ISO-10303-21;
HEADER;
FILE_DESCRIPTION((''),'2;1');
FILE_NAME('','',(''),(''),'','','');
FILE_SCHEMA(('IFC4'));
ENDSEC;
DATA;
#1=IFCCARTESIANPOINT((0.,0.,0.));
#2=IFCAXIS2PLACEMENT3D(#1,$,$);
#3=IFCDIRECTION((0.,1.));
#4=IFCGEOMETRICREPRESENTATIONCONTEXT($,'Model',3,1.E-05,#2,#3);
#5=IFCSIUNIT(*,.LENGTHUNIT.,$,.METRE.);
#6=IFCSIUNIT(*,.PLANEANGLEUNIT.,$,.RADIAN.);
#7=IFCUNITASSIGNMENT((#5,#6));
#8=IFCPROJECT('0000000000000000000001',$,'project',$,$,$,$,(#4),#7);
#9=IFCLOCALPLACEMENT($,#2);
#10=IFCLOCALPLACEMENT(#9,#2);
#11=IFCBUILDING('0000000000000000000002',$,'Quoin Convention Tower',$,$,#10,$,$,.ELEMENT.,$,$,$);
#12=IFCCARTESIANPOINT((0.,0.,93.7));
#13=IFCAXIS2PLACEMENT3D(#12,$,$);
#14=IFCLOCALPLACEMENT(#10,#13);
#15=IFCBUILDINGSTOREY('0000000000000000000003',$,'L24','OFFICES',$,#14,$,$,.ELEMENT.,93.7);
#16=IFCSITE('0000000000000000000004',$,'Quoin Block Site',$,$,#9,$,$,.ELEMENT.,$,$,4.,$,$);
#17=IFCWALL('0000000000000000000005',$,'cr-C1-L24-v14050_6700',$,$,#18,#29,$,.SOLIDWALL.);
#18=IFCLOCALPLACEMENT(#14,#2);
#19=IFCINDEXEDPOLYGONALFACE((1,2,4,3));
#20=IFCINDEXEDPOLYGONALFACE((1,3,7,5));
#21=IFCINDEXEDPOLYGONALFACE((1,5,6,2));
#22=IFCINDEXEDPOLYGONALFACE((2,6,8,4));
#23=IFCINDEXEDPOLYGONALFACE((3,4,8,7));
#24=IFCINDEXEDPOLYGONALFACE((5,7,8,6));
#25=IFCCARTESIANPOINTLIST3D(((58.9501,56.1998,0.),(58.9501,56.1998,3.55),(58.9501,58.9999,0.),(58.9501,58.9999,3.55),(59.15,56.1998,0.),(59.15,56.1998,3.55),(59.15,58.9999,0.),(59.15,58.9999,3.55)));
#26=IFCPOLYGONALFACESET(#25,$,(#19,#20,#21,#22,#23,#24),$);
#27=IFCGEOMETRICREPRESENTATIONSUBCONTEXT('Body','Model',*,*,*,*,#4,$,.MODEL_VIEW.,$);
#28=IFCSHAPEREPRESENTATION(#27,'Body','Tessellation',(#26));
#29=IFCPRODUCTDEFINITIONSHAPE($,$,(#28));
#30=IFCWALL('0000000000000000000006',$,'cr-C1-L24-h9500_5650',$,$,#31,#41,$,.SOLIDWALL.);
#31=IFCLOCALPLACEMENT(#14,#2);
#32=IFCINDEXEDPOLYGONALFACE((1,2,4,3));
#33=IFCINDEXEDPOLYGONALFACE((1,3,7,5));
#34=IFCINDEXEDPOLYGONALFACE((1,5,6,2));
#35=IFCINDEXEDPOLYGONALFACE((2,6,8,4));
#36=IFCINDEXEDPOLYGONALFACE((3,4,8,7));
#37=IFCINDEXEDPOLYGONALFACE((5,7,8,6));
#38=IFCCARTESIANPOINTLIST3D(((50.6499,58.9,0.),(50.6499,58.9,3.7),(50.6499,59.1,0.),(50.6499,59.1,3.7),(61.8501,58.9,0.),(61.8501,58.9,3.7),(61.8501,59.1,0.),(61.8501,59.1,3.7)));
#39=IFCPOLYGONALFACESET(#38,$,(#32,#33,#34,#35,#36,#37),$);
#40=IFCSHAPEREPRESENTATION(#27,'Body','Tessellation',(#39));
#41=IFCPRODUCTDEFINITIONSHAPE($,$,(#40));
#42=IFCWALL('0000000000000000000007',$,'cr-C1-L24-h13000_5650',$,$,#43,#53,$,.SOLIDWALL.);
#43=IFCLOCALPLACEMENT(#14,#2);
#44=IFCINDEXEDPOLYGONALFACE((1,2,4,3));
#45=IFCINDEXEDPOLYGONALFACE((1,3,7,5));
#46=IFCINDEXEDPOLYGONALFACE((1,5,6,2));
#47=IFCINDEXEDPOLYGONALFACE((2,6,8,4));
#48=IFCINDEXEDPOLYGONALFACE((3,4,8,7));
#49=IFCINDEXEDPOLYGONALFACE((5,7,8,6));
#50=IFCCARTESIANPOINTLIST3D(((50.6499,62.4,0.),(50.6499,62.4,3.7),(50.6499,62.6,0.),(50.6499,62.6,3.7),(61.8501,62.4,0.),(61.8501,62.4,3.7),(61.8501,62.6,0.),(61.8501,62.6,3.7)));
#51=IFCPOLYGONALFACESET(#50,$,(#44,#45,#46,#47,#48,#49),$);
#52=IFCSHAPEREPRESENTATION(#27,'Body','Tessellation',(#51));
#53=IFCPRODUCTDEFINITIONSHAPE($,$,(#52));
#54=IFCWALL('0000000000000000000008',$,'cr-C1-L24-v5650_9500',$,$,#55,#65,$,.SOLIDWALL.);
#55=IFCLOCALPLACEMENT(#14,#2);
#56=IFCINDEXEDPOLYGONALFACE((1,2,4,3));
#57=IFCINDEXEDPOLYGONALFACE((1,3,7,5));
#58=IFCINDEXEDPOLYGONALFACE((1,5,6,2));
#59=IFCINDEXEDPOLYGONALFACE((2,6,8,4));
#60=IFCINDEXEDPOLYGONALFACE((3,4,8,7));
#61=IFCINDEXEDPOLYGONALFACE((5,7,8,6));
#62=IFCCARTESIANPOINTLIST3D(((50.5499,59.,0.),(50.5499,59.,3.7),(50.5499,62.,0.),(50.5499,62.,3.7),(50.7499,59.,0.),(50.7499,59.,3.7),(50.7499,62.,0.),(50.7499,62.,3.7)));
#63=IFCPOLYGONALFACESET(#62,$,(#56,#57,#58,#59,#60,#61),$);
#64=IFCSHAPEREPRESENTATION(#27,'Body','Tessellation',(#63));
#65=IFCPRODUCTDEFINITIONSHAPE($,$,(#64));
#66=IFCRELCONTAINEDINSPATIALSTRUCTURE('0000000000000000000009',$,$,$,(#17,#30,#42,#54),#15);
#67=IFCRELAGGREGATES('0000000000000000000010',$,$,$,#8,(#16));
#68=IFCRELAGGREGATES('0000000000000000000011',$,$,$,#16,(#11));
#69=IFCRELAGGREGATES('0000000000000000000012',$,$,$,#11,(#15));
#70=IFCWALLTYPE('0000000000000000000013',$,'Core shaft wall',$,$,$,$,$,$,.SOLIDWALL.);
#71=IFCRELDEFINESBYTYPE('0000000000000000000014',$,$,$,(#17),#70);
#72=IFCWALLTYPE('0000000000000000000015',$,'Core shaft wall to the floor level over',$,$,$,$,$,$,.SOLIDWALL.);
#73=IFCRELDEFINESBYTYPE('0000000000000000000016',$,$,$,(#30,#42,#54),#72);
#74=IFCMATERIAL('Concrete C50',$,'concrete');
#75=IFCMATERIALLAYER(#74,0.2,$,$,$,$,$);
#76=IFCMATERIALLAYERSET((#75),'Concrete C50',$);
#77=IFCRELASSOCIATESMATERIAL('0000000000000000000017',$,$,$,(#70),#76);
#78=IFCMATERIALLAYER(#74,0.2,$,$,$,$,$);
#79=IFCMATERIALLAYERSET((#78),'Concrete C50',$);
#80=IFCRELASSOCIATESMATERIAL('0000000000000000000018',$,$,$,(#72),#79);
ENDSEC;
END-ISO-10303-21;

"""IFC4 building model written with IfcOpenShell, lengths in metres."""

from ifc_helpers import new_model, si_unit, direction, frame, frame_2d, origin, place, context, subcontext, project, spatial, rectangle, extrude, material, layer, layer_set, type_object, element, save


model = new_model("IFC4")

# Units and contexts
model_context = context("Model", 3, precision=1e-05, world=origin(), true_north=direction((0.0, 1.0)))
body_context = subcontext(model_context, "Body", "Model", "MODEL_VIEW")
ifc_project = project(units=[si_unit("LENGTHUNIT", "METRE"), si_unit("PLANEANGLEUNIT", "RADIAN")], contexts=[model_context])

# Site, building, storey
site_placement = place(None, origin())
site = spatial("IfcSite", under=ifc_project, at=site_placement, Name="Quoin Block Site", CompositionType="ELEMENT", RefElevation=4.0)
building_placement = place(site_placement, origin())
building = spatial("IfcBuilding", under=site, at=building_placement, Name="Quoin Convention Tower", CompositionType="ELEMENT")
storey_placement = place(building_placement, frame((0.0, 0.0, 93.7)))
storey = spatial("IfcBuildingStorey", under=building, at=storey_placement, Name="L24", Description="OFFICES", CompositionType="ELEMENT", Elevation=93.7)

# Shared definitions
ifc_material_1 = material(Name="Concrete C50", Category="concrete")
ifc_layer_1 = layer(ifc_material_1, 0.2)
ifc_layer_set_1 = layer_set([ifc_layer_1], Name="Concrete C50")
wall_type_1 = type_object("IfcWallType", Name="Core shaft wall", PredefinedType="SOLIDWALL", material=ifc_layer_set_1)

# Walls
wall_1_placement = place(storey_placement, frame((59.05, 56.2, 0.0), z_axis=(0.0, 0.0, 1.0), x_axis=(0.0, 1.0, 0.0)))
element("IfcWall", 1, at=wall_1_placement, inside=storey, type_object=wall_type_1, Name="cr-C1-L24-v14050_6700", PredefinedType="SOLIDWALL", context=body_context, shape_type="SweptSolid", body=[
    extrude(rectangle(XDim=2.8, YDim=0.2, at=frame_2d((1.3999, 0.0))), origin(), (0.0, 0.0, 1.0), 3.55),
])
ifc_layer_2 = layer(ifc_material_1, 0.2)
ifc_layer_set_2 = layer_set([ifc_layer_2], Name="Concrete C50")
wall_type_2 = type_object("IfcWallType", Name="Core shaft wall to the floor level over", PredefinedType="SOLIDWALL", material=ifc_layer_set_2)
for number, where, z_axis, x_axis, name in (
    (2, (50.6499, 59.0, 0.0), (0.0, 0.0, 1.0), (1.0, 0.0, 0.0), "cr-C1-L24-h9500_5650"),
    (3, (50.6499, 62.5, 0.0), (0.0, 0.0, 1.0), (1.0, 0.0, 0.0), "cr-C1-L24-h13000_5650"),
):
    element("IfcWall", number, at=place(storey_placement, frame(where, z_axis=z_axis, x_axis=x_axis)), inside=storey, type_object=wall_type_2, Name=name, PredefinedType="SOLIDWALL", context=body_context, shape_type="SweptSolid", body=[
        extrude(rectangle(XDim=11.2002, YDim=0.2, at=frame_2d((5.6001, 0.0))), origin(), (0.0, 0.0, 1.0), 3.7),
    ])
wall_2_placement = place(storey_placement, frame((50.6499, 59.0, 0.0), z_axis=(0.0, 0.0, 1.0), x_axis=(0.0, 1.0, 0.0)))
element("IfcWall", 4, at=wall_2_placement, inside=storey, type_object=wall_type_2, Name="cr-C1-L24-v5650_9500", PredefinedType="SOLIDWALL", context=body_context, shape_type="SweptSolid", body=[
    extrude(rectangle(XDim=3.0, YDim=0.2, at=frame_2d((1.5, 0.0))), origin(), (0.0, 0.0, 1.0), 3.7),
])

save(model, "model.ifc")
